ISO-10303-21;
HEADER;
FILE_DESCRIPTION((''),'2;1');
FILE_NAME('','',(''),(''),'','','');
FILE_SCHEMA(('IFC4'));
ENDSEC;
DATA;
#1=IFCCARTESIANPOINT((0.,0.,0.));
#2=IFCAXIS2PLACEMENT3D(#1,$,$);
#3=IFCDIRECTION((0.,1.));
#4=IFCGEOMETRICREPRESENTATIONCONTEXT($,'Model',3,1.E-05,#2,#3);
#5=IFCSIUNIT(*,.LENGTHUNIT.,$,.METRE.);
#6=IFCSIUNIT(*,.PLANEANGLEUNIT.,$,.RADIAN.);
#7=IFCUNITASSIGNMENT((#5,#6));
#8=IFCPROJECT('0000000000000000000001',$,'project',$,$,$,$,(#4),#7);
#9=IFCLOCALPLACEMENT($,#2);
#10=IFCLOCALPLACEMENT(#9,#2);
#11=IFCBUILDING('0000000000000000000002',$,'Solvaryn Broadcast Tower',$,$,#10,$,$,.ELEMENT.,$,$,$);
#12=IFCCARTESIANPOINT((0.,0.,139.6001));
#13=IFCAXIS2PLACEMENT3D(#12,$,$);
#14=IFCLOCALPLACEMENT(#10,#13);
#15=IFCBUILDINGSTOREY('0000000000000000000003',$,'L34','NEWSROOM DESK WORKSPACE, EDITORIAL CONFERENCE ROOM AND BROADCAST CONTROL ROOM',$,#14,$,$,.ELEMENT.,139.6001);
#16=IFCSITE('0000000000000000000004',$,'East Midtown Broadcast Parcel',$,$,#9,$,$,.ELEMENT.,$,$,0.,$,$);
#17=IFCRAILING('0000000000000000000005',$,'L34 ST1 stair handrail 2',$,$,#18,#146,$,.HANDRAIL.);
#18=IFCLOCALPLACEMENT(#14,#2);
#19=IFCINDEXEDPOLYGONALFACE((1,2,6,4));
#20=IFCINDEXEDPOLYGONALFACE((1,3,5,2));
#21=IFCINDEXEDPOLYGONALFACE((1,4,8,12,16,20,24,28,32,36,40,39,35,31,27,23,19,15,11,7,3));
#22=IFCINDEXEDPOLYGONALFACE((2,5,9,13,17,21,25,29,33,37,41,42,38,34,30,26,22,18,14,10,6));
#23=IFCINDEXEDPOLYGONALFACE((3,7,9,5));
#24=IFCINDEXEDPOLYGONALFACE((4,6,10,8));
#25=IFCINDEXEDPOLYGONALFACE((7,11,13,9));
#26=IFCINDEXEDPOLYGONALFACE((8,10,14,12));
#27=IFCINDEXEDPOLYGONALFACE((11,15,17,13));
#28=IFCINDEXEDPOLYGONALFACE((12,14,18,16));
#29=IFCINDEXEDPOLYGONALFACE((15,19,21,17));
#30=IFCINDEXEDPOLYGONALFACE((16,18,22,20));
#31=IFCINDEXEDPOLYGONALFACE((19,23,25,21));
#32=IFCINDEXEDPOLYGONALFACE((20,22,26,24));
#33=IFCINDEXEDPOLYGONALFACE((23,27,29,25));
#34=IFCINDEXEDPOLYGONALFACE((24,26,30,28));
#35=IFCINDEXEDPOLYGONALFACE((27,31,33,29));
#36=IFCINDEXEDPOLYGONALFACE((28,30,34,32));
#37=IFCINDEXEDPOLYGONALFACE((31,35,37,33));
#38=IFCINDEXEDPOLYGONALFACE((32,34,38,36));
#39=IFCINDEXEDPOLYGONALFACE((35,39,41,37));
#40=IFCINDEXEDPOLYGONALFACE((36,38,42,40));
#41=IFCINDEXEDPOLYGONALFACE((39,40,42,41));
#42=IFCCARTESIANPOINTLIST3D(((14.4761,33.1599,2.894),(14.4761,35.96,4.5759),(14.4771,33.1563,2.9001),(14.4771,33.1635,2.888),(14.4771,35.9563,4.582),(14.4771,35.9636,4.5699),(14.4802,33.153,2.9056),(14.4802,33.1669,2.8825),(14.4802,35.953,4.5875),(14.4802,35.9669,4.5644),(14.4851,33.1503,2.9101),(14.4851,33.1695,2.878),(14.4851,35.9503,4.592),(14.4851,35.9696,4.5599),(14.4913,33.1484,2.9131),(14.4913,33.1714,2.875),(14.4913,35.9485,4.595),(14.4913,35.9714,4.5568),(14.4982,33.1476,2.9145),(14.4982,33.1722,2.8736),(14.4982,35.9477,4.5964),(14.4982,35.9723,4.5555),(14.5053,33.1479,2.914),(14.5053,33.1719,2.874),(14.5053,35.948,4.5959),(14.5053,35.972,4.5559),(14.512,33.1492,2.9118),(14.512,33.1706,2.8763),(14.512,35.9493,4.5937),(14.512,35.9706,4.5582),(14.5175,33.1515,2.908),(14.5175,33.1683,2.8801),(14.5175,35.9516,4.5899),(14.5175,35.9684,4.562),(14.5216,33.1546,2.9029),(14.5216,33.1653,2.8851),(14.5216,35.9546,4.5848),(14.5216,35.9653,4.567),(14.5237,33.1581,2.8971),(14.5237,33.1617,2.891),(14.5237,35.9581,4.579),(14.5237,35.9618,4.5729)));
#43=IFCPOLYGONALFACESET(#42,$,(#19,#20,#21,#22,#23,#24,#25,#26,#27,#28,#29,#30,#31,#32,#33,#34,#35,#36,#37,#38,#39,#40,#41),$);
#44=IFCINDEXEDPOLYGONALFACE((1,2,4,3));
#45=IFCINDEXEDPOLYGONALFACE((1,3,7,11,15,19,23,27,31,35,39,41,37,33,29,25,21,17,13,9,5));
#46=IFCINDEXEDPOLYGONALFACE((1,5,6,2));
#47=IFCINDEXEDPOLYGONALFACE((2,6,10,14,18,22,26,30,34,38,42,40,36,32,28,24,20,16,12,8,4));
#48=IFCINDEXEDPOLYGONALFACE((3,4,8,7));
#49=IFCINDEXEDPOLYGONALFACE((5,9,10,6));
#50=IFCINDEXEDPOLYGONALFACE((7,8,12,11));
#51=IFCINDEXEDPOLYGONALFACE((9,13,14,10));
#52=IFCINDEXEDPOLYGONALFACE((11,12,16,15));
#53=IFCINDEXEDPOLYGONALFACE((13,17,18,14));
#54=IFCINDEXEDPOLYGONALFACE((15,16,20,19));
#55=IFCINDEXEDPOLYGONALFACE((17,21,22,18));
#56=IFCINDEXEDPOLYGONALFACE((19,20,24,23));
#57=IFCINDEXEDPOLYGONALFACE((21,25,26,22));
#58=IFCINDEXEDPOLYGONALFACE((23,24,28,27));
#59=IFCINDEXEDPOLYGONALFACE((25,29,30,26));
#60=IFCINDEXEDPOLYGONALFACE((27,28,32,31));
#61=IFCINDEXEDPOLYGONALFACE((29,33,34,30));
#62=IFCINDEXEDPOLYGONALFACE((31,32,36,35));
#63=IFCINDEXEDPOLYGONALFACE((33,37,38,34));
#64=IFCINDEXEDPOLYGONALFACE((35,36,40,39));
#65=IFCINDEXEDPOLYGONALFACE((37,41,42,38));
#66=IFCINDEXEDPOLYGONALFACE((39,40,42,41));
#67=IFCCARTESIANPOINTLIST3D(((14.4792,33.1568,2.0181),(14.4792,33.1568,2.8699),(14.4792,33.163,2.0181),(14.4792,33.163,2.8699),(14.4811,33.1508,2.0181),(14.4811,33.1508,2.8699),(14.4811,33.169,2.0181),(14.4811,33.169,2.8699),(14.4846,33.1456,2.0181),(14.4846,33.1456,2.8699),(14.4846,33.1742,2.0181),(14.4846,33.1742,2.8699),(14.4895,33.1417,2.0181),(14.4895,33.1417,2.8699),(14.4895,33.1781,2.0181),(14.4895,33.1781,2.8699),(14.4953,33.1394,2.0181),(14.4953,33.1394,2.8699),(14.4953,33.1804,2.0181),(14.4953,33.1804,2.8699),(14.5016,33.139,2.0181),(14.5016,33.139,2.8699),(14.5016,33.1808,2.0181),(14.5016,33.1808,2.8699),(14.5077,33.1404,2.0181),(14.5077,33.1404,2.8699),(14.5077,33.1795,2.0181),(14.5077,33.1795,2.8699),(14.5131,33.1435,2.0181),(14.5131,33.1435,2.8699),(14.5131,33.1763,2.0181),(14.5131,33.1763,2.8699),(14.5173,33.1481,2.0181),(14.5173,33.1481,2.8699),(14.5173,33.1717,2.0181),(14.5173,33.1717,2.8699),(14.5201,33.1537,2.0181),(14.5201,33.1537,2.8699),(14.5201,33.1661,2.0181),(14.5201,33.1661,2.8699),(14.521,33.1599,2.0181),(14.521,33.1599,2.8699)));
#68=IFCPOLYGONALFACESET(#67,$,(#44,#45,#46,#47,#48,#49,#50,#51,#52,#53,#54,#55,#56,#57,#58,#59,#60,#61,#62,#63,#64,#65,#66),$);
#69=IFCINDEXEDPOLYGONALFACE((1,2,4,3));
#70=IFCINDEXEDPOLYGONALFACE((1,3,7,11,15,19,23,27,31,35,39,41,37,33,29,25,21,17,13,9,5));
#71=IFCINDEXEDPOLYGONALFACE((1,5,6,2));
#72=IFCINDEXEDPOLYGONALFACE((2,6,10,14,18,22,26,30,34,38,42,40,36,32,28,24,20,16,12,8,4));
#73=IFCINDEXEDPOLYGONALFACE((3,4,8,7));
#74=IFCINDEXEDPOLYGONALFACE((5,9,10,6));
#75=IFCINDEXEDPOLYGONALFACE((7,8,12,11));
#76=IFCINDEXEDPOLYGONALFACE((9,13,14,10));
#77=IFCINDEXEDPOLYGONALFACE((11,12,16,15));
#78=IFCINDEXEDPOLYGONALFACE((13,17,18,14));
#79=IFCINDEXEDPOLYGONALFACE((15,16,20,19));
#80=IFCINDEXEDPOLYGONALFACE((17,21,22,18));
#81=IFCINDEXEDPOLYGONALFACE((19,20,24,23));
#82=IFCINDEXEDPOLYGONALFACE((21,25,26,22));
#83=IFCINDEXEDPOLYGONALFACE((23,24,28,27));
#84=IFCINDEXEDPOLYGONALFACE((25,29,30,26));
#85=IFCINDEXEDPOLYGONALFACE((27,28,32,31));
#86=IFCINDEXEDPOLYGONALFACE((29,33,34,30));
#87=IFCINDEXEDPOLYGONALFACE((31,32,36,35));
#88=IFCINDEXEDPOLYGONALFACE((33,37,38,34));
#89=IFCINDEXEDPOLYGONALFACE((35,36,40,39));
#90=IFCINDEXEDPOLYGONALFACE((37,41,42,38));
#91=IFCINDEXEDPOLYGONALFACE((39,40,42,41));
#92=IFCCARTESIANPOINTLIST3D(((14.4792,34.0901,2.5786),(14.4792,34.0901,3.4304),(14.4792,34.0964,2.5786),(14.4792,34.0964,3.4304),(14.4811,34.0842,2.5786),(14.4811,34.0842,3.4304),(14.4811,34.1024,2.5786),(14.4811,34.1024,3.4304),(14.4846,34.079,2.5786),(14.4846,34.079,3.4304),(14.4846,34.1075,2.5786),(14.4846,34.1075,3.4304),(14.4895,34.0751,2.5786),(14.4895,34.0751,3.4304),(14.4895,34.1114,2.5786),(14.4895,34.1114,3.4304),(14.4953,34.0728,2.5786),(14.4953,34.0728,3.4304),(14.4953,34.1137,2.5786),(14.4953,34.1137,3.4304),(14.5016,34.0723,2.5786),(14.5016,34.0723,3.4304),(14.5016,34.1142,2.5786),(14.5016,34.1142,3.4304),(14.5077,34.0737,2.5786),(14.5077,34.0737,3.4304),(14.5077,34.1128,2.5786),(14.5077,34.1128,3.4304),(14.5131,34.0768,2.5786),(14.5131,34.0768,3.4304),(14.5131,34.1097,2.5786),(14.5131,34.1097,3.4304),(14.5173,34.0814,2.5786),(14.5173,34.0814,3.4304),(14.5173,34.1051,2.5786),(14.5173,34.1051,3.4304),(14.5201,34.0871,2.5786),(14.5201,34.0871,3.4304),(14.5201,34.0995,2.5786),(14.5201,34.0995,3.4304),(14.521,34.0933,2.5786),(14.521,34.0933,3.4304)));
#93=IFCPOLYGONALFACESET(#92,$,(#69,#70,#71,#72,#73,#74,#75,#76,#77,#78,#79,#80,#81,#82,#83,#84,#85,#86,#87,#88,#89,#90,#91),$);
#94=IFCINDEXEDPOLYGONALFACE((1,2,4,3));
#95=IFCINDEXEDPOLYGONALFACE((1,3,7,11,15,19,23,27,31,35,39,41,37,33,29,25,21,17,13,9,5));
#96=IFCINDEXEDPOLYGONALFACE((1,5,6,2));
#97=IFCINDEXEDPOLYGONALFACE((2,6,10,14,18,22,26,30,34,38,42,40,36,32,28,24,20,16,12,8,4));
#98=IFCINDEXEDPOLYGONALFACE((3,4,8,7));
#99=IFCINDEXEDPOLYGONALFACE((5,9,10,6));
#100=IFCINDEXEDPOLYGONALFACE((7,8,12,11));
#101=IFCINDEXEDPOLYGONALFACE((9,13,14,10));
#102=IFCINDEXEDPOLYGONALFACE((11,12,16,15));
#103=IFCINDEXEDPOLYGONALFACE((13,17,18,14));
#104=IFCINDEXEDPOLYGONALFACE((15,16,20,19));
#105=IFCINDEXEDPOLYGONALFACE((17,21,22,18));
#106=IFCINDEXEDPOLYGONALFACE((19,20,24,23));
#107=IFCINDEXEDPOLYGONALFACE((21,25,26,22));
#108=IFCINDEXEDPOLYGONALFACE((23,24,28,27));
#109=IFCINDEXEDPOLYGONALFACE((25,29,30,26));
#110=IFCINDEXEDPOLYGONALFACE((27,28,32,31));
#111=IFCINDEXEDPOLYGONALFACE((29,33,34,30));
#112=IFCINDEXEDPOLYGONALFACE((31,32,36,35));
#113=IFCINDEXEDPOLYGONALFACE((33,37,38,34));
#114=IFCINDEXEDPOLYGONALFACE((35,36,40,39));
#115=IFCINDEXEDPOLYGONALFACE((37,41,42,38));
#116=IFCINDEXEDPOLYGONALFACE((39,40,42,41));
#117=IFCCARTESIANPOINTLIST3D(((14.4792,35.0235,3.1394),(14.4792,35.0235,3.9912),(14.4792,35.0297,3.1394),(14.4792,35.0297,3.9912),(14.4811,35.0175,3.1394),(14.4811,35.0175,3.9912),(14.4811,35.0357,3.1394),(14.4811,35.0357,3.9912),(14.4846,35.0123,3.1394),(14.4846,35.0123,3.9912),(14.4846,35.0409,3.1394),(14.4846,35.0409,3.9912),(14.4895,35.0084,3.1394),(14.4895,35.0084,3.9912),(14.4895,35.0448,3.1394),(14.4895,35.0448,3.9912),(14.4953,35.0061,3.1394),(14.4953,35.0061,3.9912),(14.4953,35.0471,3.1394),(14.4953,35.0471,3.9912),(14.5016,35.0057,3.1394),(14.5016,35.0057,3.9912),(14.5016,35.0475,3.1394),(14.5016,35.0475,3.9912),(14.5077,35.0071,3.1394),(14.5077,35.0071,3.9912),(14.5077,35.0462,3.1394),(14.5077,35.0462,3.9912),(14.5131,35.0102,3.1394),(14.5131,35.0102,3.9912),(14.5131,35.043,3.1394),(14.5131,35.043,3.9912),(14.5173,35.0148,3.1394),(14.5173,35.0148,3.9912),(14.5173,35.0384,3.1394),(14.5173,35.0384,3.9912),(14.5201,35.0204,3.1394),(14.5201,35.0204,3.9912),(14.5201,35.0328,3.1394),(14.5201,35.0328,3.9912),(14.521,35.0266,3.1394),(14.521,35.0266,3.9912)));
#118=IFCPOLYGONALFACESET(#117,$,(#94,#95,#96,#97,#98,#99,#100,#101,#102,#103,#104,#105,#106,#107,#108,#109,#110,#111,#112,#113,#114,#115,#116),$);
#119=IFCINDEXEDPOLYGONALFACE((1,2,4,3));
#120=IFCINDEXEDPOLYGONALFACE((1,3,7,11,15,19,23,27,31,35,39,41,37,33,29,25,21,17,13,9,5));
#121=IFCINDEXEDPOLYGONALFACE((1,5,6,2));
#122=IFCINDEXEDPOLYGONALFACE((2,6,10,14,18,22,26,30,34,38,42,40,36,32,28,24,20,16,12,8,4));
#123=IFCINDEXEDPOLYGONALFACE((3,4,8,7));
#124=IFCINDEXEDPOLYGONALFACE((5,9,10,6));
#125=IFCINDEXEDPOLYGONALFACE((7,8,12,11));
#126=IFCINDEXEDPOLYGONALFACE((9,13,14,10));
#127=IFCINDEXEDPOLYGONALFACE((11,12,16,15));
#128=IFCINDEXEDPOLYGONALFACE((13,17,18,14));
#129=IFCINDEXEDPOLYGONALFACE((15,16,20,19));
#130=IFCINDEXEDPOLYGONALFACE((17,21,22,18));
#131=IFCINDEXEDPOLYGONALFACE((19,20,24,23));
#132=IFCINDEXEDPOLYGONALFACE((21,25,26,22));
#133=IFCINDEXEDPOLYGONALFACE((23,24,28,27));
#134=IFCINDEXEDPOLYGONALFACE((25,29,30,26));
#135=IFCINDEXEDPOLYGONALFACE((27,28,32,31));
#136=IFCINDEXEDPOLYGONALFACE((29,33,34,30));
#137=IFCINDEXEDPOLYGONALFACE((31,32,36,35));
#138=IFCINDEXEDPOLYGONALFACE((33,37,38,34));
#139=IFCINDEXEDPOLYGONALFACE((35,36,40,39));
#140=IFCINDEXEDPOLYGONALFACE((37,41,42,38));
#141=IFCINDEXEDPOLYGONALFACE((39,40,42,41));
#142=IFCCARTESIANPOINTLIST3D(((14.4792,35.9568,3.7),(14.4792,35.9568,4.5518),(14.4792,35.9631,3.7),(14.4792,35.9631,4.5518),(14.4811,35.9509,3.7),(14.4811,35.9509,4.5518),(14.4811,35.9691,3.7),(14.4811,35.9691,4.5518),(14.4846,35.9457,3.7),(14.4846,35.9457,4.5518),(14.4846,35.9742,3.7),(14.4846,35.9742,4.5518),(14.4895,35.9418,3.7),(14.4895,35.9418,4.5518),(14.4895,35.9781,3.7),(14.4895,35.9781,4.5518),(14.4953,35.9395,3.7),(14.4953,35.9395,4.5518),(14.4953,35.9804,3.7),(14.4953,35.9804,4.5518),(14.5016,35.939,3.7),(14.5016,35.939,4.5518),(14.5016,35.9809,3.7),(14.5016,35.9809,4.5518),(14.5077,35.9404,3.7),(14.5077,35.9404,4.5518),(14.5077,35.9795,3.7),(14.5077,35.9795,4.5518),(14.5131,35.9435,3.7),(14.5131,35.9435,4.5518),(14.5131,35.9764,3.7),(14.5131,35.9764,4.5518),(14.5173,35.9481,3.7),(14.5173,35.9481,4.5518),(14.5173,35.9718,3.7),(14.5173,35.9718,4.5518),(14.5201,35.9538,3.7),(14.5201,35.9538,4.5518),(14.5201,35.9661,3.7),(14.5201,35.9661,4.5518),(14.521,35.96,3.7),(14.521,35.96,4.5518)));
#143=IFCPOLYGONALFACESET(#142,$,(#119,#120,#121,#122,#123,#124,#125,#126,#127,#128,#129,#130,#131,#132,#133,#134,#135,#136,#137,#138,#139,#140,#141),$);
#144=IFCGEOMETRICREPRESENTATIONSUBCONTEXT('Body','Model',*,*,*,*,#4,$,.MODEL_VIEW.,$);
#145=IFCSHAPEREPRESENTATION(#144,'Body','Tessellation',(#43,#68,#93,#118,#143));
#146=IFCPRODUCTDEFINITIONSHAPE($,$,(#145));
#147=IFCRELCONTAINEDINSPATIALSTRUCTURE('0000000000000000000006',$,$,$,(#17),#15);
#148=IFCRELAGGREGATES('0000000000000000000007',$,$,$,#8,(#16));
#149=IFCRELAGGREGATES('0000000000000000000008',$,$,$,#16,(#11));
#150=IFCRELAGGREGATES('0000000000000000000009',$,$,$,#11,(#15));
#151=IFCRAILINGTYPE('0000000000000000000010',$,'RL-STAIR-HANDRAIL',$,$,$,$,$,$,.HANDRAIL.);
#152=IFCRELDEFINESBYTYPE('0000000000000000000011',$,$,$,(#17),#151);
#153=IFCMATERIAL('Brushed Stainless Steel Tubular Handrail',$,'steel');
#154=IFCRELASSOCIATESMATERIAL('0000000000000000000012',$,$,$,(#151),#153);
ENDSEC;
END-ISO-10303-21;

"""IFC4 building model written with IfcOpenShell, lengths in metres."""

from ifc_helpers import new_model, si_unit, direction, frame, origin, origin_2d, place, context, subcontext, project, spatial, circle, extrude, material, type_object, element, save


model = new_model("IFC4")

# Units and contexts
model_context = context("Model", 3, precision=1e-05, world=origin(), true_north=direction((0.0, 1.0)))
body_context = subcontext(model_context, "Body", "Model", "MODEL_VIEW")
ifc_project = project(units=[si_unit("LENGTHUNIT", "METRE"), si_unit("PLANEANGLEUNIT", "RADIAN")], contexts=[model_context])

# Site, building, storey
site_placement = place(None, origin())
site = spatial("IfcSite", under=ifc_project, at=site_placement, Name="East Midtown Broadcast Parcel", CompositionType="ELEMENT", RefElevation=0.0)
building_placement = place(site_placement, origin())
building = spatial("IfcBuilding", under=site, at=building_placement, Name="Solvaryn Broadcast Tower", CompositionType="ELEMENT")
storey_placement = place(building_placement, frame((0.0, 0.0, 139.6001)))
storey = spatial("IfcBuildingStorey", under=building, at=storey_placement, Name="L34", Description="NEWSROOM DESK WORKSPACE, EDITORIAL CONFERENCE ROOM AND BROADCAST CONTROL ROOM", CompositionType="ELEMENT", Elevation=139.6001)

# Railing
ifc_material_1 = material(Name="Brushed Stainless Steel Tubular Handrail", Category="steel")
railing_type_1 = type_object("IfcRailingType", Name="RL-STAIR-HANDRAIL", PredefinedType="HANDRAIL", material=ifc_material_1)
railing_1_placement = place(storey_placement, frame((14.5, 33.1599, 2.0181)))
element("IfcRailing", 1, at=railing_1_placement, inside=storey, type_object=railing_type_1, Name="L34 ST1 stair handrail 2", PredefinedType="HANDRAIL", context=body_context, shape_type="SweptSolid", body=[
    extrude(circle(Radius=0.0239, at=origin_2d()), frame((0.0, 0.0, 0.876), z_axis=(0.0, 0.857242, 0.514913), x_axis=(-1.0, 0.0, 0.0)), (0.0, 0.0, 1.0), 3.2664),
    extrude(circle(Radius=0.021, at=origin_2d()), origin(), (0.0, 0.0, 1.0), 0.8518),
    extrude(circle(Radius=0.021, at=origin_2d()), frame((0.0, 0.9333, 0.5605)), (0.0, 0.0, 1.0), 0.8518),
    extrude(circle(Radius=0.021, at=origin_2d()), frame((0.0, 1.8667, 1.1213)), (0.0, 0.0, 1.0), 0.8518),
    extrude(circle(Radius=0.021, at=origin_2d()), frame((0.0, 2.8, 1.6819)), (0.0, 0.0, 1.0), 0.8518),
])

save(model, "model.ifc")
